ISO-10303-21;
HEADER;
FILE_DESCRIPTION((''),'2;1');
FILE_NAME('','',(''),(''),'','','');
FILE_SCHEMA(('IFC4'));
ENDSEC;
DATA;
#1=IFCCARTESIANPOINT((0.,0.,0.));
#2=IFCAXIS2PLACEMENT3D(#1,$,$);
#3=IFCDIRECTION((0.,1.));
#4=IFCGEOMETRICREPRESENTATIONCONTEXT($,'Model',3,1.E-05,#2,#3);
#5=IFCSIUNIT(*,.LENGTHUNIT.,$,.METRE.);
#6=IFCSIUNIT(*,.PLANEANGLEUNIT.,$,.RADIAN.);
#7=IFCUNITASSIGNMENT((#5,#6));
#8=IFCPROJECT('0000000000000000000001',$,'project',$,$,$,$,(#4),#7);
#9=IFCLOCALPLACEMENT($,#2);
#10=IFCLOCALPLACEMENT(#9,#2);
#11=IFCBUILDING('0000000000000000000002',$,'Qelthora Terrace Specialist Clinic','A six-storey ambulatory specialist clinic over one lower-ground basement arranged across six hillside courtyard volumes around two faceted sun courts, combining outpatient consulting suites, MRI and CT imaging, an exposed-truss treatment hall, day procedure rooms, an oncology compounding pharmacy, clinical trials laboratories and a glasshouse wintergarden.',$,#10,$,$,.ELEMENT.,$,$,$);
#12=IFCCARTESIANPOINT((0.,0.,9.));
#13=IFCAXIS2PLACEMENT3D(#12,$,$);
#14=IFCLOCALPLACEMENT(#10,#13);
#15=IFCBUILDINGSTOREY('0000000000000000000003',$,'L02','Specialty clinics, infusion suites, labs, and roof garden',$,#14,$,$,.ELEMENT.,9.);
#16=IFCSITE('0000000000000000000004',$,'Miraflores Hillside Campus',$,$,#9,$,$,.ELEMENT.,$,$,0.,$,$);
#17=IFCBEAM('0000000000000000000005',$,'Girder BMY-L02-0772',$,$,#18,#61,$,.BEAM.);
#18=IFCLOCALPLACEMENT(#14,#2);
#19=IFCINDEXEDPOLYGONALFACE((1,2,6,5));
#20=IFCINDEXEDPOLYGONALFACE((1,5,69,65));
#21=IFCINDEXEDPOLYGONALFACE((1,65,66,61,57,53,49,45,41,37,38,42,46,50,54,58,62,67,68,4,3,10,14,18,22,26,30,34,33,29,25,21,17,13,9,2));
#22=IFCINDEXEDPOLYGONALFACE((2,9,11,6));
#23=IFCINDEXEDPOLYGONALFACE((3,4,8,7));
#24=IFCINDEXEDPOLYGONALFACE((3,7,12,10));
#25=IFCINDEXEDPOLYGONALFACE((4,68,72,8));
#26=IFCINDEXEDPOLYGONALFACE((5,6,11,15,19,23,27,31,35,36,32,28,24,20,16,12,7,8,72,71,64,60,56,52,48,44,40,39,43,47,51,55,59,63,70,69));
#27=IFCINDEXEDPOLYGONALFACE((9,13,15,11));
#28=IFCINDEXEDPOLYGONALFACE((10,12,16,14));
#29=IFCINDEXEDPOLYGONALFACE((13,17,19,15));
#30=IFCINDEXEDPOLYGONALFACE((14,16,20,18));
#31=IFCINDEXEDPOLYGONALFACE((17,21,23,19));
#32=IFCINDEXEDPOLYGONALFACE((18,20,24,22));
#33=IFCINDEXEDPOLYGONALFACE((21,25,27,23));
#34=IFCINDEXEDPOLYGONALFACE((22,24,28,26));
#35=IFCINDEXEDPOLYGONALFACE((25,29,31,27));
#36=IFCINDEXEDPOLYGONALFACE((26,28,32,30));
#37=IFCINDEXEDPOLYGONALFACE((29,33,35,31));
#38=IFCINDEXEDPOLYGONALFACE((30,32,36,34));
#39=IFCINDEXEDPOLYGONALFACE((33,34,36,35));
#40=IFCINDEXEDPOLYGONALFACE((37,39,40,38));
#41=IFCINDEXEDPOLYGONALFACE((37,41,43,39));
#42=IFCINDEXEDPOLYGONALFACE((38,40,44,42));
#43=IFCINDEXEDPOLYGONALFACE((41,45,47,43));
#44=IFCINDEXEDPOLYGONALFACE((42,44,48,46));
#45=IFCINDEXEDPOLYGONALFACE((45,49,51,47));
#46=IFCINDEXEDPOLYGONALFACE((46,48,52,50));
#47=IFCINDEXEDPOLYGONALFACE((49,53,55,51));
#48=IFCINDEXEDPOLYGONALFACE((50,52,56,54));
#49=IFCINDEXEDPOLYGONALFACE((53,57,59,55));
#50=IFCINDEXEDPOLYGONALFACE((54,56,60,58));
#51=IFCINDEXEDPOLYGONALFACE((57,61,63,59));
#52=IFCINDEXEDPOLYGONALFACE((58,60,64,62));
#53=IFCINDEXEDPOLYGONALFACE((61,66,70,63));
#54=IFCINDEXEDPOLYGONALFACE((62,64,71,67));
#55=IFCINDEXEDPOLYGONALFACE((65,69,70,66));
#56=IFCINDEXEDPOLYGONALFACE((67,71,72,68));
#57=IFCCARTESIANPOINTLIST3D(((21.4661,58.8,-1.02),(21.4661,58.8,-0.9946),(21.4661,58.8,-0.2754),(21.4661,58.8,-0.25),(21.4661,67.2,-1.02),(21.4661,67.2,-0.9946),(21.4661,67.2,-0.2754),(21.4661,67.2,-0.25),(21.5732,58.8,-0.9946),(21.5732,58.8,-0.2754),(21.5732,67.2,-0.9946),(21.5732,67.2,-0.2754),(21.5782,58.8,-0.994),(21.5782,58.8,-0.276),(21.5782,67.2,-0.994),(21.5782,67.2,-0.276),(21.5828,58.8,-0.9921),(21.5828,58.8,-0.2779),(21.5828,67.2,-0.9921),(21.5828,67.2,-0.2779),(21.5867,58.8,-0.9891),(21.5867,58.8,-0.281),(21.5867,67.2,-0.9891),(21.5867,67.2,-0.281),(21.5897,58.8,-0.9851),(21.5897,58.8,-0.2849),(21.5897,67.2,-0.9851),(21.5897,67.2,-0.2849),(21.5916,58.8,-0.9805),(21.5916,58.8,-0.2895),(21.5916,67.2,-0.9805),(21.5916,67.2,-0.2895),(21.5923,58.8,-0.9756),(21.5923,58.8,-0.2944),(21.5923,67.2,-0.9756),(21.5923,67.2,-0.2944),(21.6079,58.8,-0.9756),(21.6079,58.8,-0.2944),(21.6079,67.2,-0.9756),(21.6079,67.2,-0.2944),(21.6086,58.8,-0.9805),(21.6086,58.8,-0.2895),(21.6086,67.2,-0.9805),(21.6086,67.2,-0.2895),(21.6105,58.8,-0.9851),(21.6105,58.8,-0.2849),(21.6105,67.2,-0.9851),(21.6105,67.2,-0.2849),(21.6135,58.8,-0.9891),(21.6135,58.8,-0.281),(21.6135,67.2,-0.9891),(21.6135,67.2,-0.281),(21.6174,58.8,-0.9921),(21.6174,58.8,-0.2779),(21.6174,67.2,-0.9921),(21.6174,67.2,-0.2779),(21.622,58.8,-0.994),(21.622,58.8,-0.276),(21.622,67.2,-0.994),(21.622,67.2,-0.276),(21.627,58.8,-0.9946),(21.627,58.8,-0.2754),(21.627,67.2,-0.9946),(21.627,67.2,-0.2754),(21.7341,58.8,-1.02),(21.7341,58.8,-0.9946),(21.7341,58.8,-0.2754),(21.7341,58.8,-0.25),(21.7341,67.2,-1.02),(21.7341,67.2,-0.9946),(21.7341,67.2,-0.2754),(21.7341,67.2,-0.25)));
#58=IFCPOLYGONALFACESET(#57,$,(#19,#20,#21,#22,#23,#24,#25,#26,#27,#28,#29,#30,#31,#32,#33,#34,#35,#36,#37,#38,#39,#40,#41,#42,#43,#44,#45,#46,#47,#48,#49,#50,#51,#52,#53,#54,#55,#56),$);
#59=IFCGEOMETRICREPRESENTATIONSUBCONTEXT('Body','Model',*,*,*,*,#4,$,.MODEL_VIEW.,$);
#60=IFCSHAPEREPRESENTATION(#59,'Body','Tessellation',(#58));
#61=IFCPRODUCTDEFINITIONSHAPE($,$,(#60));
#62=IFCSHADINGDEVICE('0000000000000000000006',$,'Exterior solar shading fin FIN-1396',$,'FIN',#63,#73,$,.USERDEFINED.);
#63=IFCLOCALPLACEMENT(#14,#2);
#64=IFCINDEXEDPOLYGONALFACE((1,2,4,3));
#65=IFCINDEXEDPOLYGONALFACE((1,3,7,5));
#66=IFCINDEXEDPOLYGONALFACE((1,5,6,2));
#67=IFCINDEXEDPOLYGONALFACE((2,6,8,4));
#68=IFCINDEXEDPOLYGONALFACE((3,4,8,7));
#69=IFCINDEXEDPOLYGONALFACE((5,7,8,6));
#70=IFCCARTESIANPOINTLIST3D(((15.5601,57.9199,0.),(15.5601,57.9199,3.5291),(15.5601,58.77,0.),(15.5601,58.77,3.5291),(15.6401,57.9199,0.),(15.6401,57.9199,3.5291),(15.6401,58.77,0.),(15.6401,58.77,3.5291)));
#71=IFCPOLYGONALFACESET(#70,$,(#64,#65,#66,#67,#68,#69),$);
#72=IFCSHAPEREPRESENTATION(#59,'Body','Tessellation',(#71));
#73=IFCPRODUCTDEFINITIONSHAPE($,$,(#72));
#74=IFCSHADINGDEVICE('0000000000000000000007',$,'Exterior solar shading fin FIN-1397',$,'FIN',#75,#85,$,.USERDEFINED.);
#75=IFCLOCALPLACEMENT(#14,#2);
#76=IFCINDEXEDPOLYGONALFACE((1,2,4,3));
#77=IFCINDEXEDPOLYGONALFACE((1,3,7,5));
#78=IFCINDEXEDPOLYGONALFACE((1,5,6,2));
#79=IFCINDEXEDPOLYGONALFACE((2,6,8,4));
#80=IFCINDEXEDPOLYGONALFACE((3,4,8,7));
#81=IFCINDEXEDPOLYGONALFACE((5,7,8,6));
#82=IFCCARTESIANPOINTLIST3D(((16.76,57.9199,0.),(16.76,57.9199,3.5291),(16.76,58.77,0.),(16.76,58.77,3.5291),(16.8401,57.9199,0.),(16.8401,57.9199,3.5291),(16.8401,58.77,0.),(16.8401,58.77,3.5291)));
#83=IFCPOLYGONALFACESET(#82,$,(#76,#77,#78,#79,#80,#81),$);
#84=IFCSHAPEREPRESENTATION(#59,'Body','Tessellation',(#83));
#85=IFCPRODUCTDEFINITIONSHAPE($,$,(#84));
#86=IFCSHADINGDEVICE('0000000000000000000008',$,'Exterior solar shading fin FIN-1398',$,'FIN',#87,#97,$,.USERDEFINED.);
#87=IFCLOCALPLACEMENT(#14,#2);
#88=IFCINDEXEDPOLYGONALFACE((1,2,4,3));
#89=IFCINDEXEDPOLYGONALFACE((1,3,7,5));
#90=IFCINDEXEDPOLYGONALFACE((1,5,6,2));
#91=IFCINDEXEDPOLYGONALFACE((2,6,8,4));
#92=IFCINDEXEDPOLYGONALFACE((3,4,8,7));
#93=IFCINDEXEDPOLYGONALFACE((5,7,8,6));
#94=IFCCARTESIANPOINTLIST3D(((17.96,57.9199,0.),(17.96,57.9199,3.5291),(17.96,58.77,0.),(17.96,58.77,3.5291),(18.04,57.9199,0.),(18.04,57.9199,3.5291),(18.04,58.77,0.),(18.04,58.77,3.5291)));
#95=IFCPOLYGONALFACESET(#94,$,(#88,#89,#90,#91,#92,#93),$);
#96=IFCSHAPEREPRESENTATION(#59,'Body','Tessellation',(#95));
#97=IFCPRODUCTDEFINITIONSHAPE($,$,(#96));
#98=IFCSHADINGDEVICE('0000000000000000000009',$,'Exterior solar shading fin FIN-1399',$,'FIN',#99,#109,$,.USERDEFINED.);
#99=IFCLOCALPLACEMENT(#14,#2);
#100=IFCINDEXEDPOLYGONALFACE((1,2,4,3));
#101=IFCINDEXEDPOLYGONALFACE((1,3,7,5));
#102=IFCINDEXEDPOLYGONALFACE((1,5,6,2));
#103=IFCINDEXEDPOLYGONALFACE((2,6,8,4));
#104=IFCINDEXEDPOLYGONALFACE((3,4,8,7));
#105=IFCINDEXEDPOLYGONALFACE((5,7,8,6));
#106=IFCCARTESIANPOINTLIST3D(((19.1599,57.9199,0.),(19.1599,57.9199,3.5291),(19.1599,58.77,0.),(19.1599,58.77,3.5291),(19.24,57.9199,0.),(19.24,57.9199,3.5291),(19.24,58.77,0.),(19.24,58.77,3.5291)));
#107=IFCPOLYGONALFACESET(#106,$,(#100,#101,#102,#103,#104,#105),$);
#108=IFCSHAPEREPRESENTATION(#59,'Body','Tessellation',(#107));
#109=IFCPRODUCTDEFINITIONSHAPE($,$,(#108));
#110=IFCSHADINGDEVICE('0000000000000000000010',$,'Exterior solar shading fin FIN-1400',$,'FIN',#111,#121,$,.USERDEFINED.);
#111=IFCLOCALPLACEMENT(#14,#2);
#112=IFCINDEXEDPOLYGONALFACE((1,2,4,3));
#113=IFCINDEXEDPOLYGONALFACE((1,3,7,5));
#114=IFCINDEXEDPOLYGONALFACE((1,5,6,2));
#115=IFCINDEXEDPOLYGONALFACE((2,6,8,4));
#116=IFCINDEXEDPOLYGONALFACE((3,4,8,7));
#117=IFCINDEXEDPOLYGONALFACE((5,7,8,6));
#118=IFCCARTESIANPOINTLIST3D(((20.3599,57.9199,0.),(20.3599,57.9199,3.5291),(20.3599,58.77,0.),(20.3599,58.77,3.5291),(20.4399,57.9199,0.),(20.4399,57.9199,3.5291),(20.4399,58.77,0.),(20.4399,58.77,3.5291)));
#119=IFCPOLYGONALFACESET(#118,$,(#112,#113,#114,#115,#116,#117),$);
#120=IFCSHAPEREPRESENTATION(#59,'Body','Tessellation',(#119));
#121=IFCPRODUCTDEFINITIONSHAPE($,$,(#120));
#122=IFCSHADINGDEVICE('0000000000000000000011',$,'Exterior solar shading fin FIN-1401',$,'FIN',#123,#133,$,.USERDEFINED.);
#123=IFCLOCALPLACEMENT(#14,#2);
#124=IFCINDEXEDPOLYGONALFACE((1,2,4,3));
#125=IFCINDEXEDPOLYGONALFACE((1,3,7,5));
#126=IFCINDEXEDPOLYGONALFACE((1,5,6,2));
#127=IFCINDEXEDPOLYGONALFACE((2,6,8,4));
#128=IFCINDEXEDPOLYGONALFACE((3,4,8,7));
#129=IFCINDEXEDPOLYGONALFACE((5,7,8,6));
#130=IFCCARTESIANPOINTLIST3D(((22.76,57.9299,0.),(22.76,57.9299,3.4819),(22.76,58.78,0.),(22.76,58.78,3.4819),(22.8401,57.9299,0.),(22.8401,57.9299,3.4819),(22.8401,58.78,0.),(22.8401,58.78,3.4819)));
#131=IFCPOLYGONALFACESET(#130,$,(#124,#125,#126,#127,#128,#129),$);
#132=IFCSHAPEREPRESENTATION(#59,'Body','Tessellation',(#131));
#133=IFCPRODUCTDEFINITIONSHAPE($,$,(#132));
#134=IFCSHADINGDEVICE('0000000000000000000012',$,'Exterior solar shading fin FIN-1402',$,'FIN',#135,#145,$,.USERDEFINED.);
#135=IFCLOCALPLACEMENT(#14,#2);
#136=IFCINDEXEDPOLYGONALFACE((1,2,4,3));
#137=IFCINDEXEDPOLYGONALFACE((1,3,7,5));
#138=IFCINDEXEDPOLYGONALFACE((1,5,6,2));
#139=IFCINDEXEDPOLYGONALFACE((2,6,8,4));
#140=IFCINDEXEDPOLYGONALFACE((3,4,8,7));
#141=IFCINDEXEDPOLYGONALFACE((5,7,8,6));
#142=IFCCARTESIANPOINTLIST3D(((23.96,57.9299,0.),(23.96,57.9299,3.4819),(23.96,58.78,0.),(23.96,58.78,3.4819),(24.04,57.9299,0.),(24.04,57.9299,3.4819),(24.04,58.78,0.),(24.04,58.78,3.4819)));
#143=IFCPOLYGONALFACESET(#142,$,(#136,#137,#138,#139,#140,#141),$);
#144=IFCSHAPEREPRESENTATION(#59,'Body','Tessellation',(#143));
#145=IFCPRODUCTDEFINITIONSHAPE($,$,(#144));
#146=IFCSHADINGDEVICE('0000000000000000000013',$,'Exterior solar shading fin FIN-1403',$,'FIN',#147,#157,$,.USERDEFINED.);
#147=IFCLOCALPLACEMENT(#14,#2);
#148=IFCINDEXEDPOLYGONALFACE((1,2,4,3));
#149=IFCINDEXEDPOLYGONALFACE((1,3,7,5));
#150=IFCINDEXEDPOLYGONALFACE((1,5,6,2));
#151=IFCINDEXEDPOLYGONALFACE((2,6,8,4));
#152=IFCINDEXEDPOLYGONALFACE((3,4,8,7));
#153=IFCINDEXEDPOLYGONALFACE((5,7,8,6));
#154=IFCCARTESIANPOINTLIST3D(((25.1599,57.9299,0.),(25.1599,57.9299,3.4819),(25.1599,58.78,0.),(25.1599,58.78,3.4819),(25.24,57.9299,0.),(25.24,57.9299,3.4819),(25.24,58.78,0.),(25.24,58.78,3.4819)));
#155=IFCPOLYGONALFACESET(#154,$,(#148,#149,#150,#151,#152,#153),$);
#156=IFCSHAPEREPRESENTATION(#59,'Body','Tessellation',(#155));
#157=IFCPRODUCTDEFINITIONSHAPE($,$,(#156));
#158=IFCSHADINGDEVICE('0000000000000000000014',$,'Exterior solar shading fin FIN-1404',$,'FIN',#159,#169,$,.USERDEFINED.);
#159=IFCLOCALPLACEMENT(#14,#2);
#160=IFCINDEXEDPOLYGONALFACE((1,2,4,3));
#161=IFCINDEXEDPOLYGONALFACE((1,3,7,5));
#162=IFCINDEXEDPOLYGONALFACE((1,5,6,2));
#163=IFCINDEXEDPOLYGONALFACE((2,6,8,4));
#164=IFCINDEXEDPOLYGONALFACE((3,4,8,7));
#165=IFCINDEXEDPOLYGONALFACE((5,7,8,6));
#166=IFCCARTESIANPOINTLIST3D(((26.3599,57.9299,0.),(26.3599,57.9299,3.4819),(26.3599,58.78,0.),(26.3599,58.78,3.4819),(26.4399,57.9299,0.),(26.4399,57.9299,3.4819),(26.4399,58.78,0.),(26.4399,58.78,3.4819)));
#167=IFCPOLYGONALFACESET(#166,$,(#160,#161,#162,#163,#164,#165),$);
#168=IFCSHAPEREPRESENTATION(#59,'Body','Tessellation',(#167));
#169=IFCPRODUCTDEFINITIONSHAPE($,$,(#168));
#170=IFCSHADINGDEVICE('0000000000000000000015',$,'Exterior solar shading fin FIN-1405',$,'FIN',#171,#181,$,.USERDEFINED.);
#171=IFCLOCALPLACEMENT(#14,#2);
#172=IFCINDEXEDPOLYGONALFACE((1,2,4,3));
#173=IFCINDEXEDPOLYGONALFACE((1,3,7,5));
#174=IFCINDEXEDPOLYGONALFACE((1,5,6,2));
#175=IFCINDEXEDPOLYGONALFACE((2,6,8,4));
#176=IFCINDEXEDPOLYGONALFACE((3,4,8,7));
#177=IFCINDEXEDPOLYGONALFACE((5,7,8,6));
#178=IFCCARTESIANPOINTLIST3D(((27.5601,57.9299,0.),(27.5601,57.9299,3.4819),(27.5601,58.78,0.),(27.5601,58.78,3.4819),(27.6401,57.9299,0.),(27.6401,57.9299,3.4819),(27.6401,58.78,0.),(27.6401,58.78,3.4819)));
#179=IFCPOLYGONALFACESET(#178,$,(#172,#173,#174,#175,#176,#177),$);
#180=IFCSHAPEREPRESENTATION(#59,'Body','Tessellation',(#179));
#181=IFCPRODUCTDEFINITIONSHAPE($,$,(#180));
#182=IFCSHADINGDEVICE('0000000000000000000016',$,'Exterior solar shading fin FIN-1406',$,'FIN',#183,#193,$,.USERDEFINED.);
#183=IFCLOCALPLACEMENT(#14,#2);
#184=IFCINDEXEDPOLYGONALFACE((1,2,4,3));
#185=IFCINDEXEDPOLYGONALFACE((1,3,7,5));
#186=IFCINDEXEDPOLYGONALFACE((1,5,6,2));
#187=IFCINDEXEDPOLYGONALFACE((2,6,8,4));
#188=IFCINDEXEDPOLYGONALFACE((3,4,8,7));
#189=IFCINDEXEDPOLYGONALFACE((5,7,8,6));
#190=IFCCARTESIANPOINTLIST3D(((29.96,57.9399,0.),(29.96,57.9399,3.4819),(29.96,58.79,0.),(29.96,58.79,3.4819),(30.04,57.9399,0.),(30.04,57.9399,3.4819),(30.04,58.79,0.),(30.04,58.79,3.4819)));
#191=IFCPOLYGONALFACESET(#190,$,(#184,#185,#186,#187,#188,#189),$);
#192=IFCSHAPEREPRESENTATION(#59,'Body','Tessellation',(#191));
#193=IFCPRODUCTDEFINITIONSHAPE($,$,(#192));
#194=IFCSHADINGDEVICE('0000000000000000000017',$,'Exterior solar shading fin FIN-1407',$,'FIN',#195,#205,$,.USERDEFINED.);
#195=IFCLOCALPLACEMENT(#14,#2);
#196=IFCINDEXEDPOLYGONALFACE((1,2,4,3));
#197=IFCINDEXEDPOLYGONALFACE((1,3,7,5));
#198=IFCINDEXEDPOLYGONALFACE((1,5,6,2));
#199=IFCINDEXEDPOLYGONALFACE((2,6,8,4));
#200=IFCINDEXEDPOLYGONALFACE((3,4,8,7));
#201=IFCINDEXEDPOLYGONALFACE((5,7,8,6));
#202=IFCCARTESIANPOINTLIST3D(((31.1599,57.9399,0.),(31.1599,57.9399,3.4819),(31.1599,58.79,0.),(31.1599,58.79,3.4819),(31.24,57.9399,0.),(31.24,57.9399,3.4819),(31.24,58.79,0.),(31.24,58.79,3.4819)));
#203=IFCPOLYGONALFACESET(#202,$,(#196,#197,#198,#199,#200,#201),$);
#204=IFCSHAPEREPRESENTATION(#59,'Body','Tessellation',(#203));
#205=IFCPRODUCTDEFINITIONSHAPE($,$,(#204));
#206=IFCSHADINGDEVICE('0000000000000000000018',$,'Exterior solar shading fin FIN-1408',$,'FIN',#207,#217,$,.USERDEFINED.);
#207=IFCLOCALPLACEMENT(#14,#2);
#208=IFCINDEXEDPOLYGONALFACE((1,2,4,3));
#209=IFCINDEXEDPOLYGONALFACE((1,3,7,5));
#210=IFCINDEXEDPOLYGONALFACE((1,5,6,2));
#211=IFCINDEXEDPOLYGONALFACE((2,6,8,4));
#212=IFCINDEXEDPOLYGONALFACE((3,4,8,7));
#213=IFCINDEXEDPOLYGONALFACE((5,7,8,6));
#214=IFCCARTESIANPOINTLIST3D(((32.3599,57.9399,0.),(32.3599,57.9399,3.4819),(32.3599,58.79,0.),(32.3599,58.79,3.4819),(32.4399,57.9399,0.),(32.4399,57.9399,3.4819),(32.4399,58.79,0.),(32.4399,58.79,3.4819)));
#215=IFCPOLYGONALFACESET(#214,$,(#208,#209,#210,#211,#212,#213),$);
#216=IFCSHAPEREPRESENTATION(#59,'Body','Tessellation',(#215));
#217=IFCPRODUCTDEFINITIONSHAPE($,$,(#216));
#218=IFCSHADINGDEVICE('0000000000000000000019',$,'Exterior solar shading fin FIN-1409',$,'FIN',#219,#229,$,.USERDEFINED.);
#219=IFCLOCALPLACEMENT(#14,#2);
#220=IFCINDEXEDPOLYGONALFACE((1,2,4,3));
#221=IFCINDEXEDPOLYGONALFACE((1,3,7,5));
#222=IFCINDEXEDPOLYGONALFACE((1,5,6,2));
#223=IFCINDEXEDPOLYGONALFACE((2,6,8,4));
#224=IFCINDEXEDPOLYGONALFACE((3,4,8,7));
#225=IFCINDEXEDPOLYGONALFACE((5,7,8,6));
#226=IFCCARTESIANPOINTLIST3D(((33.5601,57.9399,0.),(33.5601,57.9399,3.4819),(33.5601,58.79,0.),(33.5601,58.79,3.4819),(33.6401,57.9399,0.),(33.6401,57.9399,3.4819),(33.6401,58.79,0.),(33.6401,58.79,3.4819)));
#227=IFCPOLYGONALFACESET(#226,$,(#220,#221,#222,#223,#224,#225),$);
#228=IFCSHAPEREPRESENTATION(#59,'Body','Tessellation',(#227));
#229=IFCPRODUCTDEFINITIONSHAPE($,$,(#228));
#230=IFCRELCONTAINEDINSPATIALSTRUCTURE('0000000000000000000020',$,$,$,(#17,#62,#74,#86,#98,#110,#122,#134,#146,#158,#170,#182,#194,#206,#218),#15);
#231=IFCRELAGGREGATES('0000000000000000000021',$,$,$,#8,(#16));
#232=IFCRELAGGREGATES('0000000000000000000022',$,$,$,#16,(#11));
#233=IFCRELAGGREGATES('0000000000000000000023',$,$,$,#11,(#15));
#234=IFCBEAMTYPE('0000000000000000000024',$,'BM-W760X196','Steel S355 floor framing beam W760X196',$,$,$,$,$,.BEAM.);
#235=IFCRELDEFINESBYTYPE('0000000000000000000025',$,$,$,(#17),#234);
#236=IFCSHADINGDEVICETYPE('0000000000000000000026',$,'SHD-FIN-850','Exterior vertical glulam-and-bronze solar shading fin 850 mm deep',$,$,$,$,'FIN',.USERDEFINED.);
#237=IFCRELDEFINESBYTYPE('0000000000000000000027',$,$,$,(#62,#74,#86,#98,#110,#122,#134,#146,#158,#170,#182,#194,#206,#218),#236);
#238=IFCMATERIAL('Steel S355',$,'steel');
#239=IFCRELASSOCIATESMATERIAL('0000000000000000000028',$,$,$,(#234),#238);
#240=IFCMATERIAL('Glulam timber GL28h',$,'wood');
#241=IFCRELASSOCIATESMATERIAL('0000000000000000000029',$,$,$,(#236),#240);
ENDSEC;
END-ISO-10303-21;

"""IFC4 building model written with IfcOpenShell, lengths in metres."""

from ifc_helpers import new_model, si_unit, direction, frame, origin, origin_2d, place, context, subcontext, project, spatial, rectangle, i_section, extrude, material, material_profile, profile_set, type_object, element, save


model = new_model("IFC4")

# Units and contexts
model_context = context("Model", 3, precision=1e-05, world=origin(), true_north=direction((0.0, 1.0)))
body_context = subcontext(model_context, "Body", "Model", "MODEL_VIEW")
ifc_project = project(units=[si_unit("LENGTHUNIT", "METRE"), si_unit("PLANEANGLEUNIT", "RADIAN")], contexts=[model_context])

# Site, building, storey
site_placement = place(None, origin())
site = spatial("IfcSite", under=ifc_project, at=site_placement, Name="Miraflores Hillside Campus", CompositionType="ELEMENT", RefElevation=0.0)
building_placement = place(site_placement, origin())
building = spatial("IfcBuilding", under=site, at=building_placement, Name="Qelthora Terrace Specialist Clinic", Description="A six-storey ambulatory specialist clinic over one lower-ground basement arranged across six hillside courtyard volumes around two faceted sun courts, combining outpatient consulting suites, MRI and CT imaging, an exposed-truss treatment hall, day procedure rooms, an oncology compounding pharmacy, clinical trials laboratories and a glasshouse wintergarden.", CompositionType="ELEMENT")
storey_placement = place(building_placement, frame((0.0, 0.0, 9.0)))
storey = spatial("IfcBuildingStorey", under=building, at=storey_placement, Name="L02", Description="Specialty clinics, infusion suites, labs, and roof garden", CompositionType="ELEMENT", Elevation=9.0)

# Shared definitions
ifc_material_1 = material(Name="Steel S355", Category="steel")

# Beam
ifc_material_profile_1 = material_profile(ifc_material_1, i_section(OverallWidth=0.2681, OverallDepth=0.77, WebThickness=0.0156, FlangeThickness=0.0254, FilletRadius=0.019, at=origin_2d()), Name="W760X196")
ifc_profile_set_1 = profile_set([ifc_material_profile_1], Name="Steel S355")
beam_type_1 = type_object("IfcBeamType", Name="BM-W760X196", Description="Steel S355 floor framing beam W760X196", PredefinedType="BEAM", material=ifc_profile_set_1)
beam_1_placement = place(storey_placement, frame((21.6001, 58.8, -0.635), z_axis=(0.0, 1.0, 0.0), x_axis=(-1.0, 0.0, 0.0)))
element("IfcBeam", 1, at=beam_1_placement, inside=storey, type_object=beam_type_1, Name="Girder BMY-L02-0772", PredefinedType="BEAM", context=body_context, shape_type="SweptSolid", body=[
    extrude(i_section(OverallWidth=0.2681, OverallDepth=0.77, WebThickness=0.0156, FlangeThickness=0.0254, FilletRadius=0.019, at=origin_2d()), origin(), (0.0, 0.0, 1.0), 8.3999),
])

# Shading devices
ifc_material_2 = material(Name="Glulam timber GL28h", Category="wood")
shading_device_type = type_object("IfcShadingDeviceType", Name="SHD-FIN-850", Description="Exterior vertical glulam-and-bronze solar shading fin 850 mm deep", ElementType="FIN", PredefinedType="USERDEFINED", material=ifc_material_2)
for number, where, z_axis, x_axis, name in (
    (2, (15.6001, 58.345, 0.0), (0.0, 0.0, 1.0), (0.0, -1.0, 0.0), "Exterior solar shading fin FIN-1396"),
    (3, (16.8, 58.345, 0.0), (0.0, 0.0, 1.0), (0.0, -1.0, 0.0), "Exterior solar shading fin FIN-1397"),
    (4, (18.0, 58.345, 0.0), (0.0, 0.0, 1.0), (0.0, -1.0, 0.0), "Exterior solar shading fin FIN-1398"),
    (5, (19.2, 58.345, 0.0), (0.0, 0.0, 1.0), (0.0, -1.0, 0.0), "Exterior solar shading fin FIN-1399"),
    (6, (20.3999, 58.345, 0.0), (0.0, 0.0, 1.0), (0.0, -1.0, 0.0), "Exterior solar shading fin FIN-1400"),
):
    element("IfcShadingDevice", number, at=place(storey_placement, frame(where, z_axis=z_axis, x_axis=x_axis)), inside=storey, type_object=shading_device_type, Name=name, ObjectType="FIN", PredefinedType="USERDEFINED", context=body_context, shape_type="SweptSolid", body=[
        extrude(rectangle(XDim=0.8501, YDim=0.0801, at=origin_2d()), origin(), (0.0, 0.0, 1.0), 3.5291),
    ])
for number, where, z_axis, x_axis, name in (
    (7, (22.8, 58.355, 0.0), (0.0, 0.0, 1.0), (0.0, -1.0, 0.0), "Exterior solar shading fin FIN-1401"),
    (8, (24.0, 58.355, 0.0), (0.0, 0.0, 1.0), (0.0, -1.0, 0.0), "Exterior solar shading fin FIN-1402"),
    (9, (25.2, 58.355, 0.0), (0.0, 0.0, 1.0), (0.0, -1.0, 0.0), "Exterior solar shading fin FIN-1403"),
    (10, (26.3999, 58.355, 0.0), (0.0, 0.0, 1.0), (0.0, -1.0, 0.0), "Exterior solar shading fin FIN-1404"),
    (11, (27.6001, 58.355, 0.0), (0.0, 0.0, 1.0), (0.0, -1.0, 0.0), "Exterior solar shading fin FIN-1405"),
    (12, (30.0, 58.365, 0.0), (0.0, 0.0, 1.0), (0.0, -1.0, 0.0), "Exterior solar shading fin FIN-1406"),
    (13, (31.2, 58.365, 0.0), (0.0, 0.0, 1.0), (0.0, -1.0, 0.0), "Exterior solar shading fin FIN-1407"),
    (14, (32.3999, 58.365, 0.0), (0.0, 0.0, 1.0), (0.0, -1.0, 0.0), "Exterior solar shading fin FIN-1408"),
    (15, (33.6001, 58.365, 0.0), (0.0, 0.0, 1.0), (0.0, -1.0, 0.0), "Exterior solar shading fin FIN-1409"),
):
    element("IfcShadingDevice", number, at=place(storey_placement, frame(where, z_axis=z_axis, x_axis=x_axis)), inside=storey, type_object=shading_device_type, Name=name, ObjectType="FIN", PredefinedType="USERDEFINED", context=body_context, shape_type="SweptSolid", body=[
        extrude(rectangle(XDim=0.8501, YDim=0.0801, at=origin_2d()), origin(), (0.0, 0.0, 1.0), 3.4819),
    ])

save(model, "model.ifc")
